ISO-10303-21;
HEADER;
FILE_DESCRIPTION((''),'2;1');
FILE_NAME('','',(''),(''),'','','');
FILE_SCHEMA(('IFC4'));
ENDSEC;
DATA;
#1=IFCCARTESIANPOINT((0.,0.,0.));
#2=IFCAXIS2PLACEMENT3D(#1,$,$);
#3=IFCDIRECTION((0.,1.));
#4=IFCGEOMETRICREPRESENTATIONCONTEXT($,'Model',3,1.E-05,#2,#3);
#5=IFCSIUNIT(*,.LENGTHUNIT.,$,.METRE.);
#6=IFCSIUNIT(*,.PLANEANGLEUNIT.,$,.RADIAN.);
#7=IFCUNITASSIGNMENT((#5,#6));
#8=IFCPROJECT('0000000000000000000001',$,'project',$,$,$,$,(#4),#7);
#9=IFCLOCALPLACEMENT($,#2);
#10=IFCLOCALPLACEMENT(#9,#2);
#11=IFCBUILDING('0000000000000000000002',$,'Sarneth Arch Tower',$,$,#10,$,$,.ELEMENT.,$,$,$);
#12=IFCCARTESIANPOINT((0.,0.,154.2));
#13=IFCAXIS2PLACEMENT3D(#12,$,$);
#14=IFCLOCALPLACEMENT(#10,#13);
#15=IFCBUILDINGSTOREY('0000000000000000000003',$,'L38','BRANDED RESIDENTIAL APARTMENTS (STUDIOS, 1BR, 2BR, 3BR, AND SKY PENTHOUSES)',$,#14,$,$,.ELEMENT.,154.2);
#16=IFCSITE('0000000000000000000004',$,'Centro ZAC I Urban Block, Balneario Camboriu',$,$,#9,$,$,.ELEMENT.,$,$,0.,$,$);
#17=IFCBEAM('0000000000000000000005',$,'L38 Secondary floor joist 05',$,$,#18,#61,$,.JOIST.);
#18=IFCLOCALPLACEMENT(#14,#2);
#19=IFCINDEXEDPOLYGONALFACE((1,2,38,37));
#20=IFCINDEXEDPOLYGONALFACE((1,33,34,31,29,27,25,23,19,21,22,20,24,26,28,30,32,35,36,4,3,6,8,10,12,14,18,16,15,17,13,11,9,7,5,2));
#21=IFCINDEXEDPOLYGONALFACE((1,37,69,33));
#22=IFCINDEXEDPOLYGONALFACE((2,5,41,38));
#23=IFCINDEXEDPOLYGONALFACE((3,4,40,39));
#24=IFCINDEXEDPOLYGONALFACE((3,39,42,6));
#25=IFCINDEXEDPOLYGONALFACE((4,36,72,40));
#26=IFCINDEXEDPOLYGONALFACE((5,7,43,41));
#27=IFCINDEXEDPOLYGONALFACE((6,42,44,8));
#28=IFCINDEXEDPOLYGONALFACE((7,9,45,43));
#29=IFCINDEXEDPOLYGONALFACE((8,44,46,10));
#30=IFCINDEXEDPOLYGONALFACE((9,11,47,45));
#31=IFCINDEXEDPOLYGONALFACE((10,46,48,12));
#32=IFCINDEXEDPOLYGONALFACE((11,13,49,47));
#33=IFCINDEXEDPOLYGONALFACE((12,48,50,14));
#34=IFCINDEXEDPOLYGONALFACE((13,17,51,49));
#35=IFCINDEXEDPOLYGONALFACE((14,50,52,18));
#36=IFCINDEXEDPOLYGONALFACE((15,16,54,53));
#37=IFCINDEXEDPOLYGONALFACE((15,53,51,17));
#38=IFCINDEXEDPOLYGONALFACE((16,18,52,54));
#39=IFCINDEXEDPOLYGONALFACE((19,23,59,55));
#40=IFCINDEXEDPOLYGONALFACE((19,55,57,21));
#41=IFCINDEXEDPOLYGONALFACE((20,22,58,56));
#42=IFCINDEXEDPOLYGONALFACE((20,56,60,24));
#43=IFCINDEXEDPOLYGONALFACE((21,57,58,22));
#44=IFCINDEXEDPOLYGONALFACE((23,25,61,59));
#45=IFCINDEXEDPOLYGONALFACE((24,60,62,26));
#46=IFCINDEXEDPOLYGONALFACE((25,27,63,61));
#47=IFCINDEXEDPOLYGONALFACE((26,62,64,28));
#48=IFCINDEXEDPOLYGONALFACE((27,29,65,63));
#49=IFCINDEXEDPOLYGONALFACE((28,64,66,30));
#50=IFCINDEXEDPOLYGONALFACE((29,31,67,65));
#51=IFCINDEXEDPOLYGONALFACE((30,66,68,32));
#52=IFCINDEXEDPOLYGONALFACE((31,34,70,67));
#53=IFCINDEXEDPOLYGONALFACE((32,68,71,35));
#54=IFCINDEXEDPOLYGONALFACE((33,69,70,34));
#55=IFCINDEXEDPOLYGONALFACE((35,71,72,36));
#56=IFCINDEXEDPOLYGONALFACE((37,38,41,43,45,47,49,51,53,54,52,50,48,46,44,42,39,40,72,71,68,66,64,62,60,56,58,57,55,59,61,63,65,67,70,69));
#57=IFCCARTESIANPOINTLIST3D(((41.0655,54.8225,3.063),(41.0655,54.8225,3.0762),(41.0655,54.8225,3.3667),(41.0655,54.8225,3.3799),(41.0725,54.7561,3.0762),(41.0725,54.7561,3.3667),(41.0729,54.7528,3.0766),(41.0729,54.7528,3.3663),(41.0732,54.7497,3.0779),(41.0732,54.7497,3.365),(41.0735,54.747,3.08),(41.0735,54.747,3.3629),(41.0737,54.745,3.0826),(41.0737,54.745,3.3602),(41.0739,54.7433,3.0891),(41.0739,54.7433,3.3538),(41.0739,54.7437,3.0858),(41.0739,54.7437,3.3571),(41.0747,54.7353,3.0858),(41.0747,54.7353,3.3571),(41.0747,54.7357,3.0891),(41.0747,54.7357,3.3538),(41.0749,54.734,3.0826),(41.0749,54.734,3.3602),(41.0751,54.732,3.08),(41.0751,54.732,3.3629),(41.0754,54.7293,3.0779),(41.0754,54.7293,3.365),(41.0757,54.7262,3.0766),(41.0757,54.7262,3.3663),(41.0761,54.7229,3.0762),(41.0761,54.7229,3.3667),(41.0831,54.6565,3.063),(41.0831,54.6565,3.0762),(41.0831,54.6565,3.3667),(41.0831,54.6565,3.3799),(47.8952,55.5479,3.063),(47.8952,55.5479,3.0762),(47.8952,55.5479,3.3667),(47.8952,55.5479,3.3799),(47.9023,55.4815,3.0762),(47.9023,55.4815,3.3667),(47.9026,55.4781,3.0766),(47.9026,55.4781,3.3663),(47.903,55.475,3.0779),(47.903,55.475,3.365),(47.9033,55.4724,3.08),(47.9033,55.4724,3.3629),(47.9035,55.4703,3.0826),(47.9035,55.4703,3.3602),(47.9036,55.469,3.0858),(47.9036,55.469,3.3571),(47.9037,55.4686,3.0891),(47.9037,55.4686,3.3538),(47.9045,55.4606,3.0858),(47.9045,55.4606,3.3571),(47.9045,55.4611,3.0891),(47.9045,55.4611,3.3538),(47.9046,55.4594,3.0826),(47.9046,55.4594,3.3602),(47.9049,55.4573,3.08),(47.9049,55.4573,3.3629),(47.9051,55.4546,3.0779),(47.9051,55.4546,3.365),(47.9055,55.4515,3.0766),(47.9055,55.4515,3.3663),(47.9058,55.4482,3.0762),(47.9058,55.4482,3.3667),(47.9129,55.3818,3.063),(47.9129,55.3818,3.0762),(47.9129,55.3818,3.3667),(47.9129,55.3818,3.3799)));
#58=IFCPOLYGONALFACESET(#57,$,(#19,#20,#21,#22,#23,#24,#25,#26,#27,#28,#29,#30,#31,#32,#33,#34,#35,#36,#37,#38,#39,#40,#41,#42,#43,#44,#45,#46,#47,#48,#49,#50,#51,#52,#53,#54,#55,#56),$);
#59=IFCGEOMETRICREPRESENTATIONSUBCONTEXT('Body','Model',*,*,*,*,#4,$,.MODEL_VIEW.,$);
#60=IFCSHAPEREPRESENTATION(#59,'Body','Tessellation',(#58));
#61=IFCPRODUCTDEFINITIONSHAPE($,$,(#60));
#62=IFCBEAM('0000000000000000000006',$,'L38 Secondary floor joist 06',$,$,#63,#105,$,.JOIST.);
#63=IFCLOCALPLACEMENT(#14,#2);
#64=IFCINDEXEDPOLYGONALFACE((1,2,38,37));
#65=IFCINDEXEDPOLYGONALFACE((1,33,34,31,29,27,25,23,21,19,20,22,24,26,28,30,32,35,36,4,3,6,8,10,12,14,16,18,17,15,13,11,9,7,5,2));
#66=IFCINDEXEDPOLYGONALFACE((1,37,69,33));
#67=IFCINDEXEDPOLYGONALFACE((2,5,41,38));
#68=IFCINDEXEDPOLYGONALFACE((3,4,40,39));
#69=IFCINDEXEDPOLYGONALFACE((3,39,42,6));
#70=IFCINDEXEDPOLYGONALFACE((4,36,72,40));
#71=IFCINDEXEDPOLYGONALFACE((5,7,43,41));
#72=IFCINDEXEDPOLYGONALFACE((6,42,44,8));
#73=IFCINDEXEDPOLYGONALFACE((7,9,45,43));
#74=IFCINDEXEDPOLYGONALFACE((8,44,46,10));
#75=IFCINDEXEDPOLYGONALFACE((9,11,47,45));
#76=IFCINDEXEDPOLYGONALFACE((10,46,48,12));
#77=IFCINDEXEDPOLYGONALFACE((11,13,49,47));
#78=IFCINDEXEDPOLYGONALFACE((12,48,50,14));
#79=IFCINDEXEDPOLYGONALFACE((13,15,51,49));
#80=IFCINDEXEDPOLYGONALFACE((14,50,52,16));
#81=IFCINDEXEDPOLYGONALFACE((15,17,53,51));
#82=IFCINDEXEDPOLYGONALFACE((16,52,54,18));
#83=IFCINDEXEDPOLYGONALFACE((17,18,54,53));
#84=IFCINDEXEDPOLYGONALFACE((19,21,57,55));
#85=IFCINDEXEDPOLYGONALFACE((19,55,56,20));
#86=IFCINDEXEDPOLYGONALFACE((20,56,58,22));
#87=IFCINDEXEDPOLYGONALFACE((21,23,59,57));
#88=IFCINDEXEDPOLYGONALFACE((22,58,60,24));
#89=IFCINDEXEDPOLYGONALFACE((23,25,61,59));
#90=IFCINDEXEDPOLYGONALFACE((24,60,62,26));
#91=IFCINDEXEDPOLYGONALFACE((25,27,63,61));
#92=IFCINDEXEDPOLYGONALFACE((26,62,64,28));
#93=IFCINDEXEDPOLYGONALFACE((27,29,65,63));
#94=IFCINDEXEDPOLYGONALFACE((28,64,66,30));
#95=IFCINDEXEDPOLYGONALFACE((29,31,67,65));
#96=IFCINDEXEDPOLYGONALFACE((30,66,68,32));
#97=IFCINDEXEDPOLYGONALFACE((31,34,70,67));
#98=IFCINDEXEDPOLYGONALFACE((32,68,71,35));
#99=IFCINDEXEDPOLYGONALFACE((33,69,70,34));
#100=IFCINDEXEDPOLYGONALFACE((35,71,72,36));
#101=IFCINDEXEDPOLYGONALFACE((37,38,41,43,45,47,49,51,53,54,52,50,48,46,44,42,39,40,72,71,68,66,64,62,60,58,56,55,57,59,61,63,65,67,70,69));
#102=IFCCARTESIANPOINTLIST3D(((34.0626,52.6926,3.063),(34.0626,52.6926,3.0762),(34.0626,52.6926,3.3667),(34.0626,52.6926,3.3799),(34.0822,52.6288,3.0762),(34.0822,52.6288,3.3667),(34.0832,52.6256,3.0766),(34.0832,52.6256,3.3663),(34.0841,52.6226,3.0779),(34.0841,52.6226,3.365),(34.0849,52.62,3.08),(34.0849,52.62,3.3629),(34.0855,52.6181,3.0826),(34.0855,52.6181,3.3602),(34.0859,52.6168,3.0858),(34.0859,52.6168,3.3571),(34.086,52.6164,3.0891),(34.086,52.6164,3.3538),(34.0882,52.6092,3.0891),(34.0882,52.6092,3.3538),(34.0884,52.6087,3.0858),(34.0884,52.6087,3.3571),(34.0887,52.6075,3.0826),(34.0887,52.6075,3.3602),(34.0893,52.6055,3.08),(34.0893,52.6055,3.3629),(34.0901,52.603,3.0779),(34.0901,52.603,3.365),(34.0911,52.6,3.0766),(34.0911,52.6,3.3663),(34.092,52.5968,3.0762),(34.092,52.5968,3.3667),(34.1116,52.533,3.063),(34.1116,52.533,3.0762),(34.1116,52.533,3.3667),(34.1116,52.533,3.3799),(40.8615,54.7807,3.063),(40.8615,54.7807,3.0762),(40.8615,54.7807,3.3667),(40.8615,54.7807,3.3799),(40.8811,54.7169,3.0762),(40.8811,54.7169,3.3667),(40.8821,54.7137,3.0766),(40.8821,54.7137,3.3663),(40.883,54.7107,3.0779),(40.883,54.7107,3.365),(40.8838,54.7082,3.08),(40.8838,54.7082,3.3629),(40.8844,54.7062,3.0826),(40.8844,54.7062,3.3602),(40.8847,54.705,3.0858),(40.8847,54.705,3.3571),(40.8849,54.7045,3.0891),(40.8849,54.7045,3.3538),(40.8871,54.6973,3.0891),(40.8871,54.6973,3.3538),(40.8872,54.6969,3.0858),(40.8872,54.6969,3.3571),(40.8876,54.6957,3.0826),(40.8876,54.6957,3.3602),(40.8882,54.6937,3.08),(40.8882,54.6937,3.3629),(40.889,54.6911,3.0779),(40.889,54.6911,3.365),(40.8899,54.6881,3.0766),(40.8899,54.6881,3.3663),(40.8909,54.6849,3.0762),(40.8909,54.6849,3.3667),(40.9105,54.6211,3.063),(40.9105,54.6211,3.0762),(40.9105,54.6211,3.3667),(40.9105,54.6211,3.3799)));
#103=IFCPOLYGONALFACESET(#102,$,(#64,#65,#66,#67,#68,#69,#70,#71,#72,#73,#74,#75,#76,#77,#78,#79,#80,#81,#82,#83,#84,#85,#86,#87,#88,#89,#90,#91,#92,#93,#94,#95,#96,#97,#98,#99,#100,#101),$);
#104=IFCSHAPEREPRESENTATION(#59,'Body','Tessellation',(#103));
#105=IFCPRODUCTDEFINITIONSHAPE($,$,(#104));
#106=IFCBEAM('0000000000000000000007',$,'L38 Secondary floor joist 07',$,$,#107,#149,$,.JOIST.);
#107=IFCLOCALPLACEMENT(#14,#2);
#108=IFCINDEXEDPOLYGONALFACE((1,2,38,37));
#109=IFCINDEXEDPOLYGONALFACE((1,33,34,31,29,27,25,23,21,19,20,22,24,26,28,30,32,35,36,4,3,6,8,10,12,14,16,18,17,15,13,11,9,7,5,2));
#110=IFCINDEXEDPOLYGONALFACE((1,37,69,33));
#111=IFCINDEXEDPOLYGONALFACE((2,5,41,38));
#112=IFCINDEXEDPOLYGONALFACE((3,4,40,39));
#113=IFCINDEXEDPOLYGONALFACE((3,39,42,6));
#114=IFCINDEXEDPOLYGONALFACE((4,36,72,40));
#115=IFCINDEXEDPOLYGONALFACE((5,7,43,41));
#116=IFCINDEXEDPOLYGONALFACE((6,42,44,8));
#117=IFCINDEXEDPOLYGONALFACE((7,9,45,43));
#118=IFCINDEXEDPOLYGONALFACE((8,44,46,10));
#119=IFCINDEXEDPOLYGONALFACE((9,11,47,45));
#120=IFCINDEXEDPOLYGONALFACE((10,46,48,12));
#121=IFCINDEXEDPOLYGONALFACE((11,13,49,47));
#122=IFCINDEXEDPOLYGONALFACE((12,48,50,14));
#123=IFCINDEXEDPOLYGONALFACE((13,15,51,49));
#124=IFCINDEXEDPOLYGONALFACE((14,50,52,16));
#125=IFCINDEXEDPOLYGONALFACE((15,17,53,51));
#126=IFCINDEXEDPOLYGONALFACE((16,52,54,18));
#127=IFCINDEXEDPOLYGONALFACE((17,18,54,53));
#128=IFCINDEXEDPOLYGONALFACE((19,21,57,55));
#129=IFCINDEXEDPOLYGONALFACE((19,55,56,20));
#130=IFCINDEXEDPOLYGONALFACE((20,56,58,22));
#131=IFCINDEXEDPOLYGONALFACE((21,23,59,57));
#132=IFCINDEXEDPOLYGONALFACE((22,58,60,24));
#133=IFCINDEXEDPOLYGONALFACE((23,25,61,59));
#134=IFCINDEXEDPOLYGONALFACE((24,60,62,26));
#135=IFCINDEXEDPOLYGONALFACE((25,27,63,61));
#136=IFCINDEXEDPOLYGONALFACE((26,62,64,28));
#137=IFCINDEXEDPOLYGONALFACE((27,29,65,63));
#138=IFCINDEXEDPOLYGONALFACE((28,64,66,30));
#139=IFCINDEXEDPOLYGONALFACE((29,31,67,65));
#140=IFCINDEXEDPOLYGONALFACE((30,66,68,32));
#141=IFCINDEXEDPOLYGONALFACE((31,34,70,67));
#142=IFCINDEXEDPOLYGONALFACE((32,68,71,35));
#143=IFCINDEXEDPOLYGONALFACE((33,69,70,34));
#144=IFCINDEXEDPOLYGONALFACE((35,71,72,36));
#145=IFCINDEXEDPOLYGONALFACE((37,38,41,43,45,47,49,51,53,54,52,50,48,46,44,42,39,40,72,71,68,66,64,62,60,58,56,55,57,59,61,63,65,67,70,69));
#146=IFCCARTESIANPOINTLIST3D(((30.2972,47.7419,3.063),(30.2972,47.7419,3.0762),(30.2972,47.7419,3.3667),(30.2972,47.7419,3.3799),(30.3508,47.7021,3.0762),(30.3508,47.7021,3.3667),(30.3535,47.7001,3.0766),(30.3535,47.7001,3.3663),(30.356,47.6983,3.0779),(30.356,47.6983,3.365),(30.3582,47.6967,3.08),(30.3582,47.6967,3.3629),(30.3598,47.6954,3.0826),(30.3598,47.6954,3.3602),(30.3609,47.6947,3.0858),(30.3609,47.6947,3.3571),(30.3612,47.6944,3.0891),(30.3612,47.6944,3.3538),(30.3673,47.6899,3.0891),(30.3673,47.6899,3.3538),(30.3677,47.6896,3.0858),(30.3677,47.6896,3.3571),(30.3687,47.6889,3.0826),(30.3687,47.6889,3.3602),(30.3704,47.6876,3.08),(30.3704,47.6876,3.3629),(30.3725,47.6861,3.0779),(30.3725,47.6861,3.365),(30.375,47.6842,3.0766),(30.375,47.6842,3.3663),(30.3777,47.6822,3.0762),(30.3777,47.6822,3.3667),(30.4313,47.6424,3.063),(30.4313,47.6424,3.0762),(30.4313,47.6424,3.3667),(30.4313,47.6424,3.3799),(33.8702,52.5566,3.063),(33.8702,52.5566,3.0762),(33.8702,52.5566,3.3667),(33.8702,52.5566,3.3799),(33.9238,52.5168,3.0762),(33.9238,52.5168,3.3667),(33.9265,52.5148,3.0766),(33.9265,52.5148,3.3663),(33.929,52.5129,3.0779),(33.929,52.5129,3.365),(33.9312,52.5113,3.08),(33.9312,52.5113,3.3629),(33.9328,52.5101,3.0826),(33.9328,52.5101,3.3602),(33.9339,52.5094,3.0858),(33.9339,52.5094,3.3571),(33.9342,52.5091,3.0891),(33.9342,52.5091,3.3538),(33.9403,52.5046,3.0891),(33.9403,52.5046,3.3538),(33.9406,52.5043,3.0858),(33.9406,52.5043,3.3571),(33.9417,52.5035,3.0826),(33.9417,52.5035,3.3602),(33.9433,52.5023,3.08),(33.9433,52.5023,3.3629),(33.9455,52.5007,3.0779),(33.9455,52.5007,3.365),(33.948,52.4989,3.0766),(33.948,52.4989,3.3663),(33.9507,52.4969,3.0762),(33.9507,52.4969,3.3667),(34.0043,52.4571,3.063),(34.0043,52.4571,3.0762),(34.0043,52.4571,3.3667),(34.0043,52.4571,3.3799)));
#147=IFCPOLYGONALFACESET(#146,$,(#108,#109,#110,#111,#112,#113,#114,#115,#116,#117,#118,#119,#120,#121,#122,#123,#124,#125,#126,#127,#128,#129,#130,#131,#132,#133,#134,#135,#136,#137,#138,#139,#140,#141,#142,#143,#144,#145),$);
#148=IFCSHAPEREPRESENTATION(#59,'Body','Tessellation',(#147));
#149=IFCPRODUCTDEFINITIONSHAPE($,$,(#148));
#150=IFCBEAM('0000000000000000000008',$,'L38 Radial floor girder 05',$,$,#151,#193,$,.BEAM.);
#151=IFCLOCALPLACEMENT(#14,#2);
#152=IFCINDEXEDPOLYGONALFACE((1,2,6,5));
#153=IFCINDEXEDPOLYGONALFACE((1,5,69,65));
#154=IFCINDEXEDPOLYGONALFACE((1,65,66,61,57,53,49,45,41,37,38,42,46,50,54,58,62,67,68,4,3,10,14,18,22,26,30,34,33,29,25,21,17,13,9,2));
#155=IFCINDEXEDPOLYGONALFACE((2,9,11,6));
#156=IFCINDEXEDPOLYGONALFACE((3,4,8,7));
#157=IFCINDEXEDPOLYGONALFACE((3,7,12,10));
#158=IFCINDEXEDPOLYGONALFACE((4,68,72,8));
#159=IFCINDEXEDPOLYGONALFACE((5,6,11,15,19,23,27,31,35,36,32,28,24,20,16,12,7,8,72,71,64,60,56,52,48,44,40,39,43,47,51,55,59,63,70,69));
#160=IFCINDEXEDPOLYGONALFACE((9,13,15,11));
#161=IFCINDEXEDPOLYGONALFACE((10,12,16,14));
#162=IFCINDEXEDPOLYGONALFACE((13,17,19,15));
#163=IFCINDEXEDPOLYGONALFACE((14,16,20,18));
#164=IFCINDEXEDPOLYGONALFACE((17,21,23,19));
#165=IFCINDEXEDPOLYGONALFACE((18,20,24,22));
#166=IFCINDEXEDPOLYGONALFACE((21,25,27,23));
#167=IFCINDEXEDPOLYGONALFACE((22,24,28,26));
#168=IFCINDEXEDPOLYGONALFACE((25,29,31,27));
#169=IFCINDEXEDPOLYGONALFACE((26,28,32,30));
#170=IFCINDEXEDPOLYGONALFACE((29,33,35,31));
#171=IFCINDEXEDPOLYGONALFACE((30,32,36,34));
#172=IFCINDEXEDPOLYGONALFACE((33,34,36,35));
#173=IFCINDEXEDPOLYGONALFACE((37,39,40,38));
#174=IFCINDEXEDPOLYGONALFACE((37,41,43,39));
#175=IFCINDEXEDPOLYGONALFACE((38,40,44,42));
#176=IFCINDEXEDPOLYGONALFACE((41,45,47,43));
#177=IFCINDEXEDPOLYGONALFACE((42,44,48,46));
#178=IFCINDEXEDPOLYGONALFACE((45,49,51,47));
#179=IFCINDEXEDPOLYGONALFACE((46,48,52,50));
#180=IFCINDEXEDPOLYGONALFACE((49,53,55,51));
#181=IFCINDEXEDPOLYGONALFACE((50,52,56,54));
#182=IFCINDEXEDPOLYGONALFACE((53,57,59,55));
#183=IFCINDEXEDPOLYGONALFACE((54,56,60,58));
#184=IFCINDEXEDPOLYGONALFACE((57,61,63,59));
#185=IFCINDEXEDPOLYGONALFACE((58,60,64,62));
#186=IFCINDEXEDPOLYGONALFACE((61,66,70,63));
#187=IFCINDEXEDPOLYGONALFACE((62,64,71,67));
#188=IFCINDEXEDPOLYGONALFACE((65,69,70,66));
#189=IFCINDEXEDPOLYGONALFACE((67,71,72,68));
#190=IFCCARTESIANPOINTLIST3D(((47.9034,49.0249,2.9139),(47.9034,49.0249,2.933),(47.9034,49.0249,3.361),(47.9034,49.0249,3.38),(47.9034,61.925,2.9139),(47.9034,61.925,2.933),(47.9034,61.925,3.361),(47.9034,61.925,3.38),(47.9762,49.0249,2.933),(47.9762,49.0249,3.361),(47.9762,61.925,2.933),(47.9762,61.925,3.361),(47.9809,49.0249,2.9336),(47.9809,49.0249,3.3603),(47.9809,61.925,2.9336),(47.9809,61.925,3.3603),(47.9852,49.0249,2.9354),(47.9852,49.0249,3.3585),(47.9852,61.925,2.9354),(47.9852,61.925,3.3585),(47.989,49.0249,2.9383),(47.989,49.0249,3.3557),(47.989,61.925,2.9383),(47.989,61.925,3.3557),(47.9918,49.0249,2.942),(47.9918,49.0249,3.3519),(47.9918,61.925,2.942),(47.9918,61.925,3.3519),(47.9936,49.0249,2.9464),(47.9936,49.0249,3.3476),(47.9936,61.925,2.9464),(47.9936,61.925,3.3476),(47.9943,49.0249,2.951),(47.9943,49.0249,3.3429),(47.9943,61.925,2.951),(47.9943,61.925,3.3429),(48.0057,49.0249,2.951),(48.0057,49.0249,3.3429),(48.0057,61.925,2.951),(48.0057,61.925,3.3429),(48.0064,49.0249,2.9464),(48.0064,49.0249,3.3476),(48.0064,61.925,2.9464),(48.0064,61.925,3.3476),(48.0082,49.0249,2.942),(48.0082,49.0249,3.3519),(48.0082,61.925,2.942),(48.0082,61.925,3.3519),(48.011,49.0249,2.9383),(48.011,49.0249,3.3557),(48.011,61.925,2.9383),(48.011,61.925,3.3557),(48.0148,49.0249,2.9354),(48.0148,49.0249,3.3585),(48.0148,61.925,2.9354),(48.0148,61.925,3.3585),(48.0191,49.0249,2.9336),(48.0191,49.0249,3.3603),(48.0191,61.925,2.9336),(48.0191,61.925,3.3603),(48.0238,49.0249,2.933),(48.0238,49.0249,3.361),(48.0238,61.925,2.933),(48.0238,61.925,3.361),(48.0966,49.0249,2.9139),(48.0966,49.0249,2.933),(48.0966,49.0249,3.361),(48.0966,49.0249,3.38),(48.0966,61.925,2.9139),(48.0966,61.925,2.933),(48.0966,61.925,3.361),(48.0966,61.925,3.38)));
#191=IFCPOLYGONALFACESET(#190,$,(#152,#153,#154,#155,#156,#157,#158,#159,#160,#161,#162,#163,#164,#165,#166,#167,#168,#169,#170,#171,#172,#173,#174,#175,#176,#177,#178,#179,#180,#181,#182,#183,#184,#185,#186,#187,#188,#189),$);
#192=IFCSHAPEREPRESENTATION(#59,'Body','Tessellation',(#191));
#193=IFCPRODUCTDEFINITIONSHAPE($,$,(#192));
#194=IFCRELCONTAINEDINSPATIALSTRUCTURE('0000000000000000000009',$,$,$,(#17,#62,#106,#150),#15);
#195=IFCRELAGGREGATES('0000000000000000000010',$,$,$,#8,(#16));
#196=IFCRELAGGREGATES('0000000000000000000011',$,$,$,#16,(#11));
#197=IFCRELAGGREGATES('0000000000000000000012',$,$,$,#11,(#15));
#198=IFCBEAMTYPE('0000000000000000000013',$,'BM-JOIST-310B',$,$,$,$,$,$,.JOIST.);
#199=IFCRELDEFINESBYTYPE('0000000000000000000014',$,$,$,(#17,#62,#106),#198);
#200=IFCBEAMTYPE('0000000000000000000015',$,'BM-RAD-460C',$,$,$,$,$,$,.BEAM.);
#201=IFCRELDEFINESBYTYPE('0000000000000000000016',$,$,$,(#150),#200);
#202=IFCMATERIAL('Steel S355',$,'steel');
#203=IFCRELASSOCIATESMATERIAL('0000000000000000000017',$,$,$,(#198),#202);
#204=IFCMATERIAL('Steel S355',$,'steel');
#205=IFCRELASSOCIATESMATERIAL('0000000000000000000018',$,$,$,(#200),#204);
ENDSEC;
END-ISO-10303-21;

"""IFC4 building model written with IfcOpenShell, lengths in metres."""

from ifc_helpers import new_model, si_unit, direction, frame, origin, origin_2d, place, context, subcontext, project, spatial, i_section, extrude, material, material_profile, profile_set, type_object, element, save


model = new_model("IFC4")

# Units and contexts
model_context = context("Model", 3, precision=1e-05, world=origin(), true_north=direction((0.0, 1.0)))
body_context = subcontext(model_context, "Body", "Model", "MODEL_VIEW")
ifc_project = project(units=[si_unit("LENGTHUNIT", "METRE"), si_unit("PLANEANGLEUNIT", "RADIAN")], contexts=[model_context])

# Site, building, storey
site_placement = place(None, origin())
site = spatial("IfcSite", under=ifc_project, at=site_placement, Name="Centro ZAC I Urban Block, Balneario Camboriu", CompositionType="ELEMENT", RefElevation=0.0)
building_placement = place(site_placement, origin())
building = spatial("IfcBuilding", under=site, at=building_placement, Name="Sarneth Arch Tower", CompositionType="ELEMENT")
storey_placement = place(building_placement, frame((0.0, 0.0, 154.2)))
storey = spatial("IfcBuildingStorey", under=building, at=storey_placement, Name="L38", Description="BRANDED RESIDENTIAL APARTMENTS (STUDIOS, 1BR, 2BR, 3BR, AND SKY PENTHOUSES)", CompositionType="ELEMENT", Elevation=154.2)

# Beams
ifc_material_1 = material(Name="Steel S355", Category="steel")
ifc_material_profile_1 = material_profile(ifc_material_1, i_section(OverallWidth=0.167, OverallDepth=0.3169, WebThickness=0.0076, FlangeThickness=0.0132, FilletRadius=0.0129, at=origin_2d()), Name="W310x52")
ifc_profile_set_1 = profile_set([ifc_material_profile_1], Name="Steel S355")
beam_type_1 = type_object("IfcBeamType", Name="BM-JOIST-310B", PredefinedType="JOIST", material=ifc_profile_set_1)
beam_1_placement = place(storey_placement, frame((47.9041, 55.4648, 3.2214), z_axis=(-0.994408, -0.105608, 0.0), x_axis=(0.105608, -0.994408, 0.0)))
element("IfcBeam", 1, at=beam_1_placement, inside=storey, type_object=beam_type_1, Name="L38 Secondary floor joist 05", PredefinedType="JOIST", context=body_context, shape_type="SweptSolid", body=[
    extrude(i_section(OverallWidth=0.167, OverallDepth=0.3169, WebThickness=0.0076, FlangeThickness=0.0132, FilletRadius=0.0129, at=origin_2d()), origin(), (0.0, 0.0, 1.0), 6.8682),
])
beam_2_placement = place(storey_placement, frame((40.886, 54.7009, 3.2214), z_axis=(-0.95593, -0.293596, 0.0), x_axis=(0.293596, -0.95593, 0.0)))
element("IfcBeam", 2, at=beam_2_placement, inside=storey, type_object=beam_type_1, Name="L38 Secondary floor joist 06", PredefinedType="JOIST", context=body_context, shape_type="SweptSolid", body=[
    extrude(i_section(OverallWidth=0.167, OverallDepth=0.3169, WebThickness=0.0076, FlangeThickness=0.0132, FilletRadius=0.0129, at=origin_2d()), origin(), (0.0, 0.0, 1.0), 7.1123),
])
beam_3_placement = place(storey_placement, frame((33.9373, 52.5068, 3.2214), z_axis=(-0.595933, -0.803034, 0.0), x_axis=(0.803034, -0.595933, 0.0)))
element("IfcBeam", 3, at=beam_3_placement, inside=storey, type_object=beam_type_1, Name="L38 Secondary floor joist 07", PredefinedType="JOIST", context=body_context, shape_type="SweptSolid", body=[
    extrude(i_section(OverallWidth=0.167, OverallDepth=0.3169, WebThickness=0.0076, FlangeThickness=0.0132, FilletRadius=0.0129, at=origin_2d()), origin(), (0.0, 0.0, 1.0), 5.9956),
])
ifc_material_2 = material(Name="Steel S355", Category="steel")
ifc_material_profile_2 = material_profile(ifc_material_2, i_section(OverallWidth=0.1931, OverallDepth=0.4661, WebThickness=0.0115, FlangeThickness=0.019, FilletRadius=0.0181, at=origin_2d()), Name="W460x97")
ifc_profile_set_2 = profile_set([ifc_material_profile_2], Name="Steel S355")
beam_type_2 = type_object("IfcBeamType", Name="BM-RAD-460C", PredefinedType="BEAM", material=ifc_profile_set_2)
beam_4_placement = place(storey_placement, frame((48.0, 49.0249, 3.147), z_axis=(0.0, 1.0, 0.0), x_axis=(-1.0, 0.0, 0.0)))
element("IfcBeam", 4, at=beam_4_placement, inside=storey, type_object=beam_type_2, Name="L38 Radial floor girder 05", PredefinedType="BEAM", context=body_context, shape_type="SweptSolid", body=[
    extrude(i_section(OverallWidth=0.1931, OverallDepth=0.4661, WebThickness=0.0115, FlangeThickness=0.019, FilletRadius=0.0181, at=origin_2d()), origin(), (0.0, 0.0, 1.0), 12.9001),
])

save(model, "model.ifc")
